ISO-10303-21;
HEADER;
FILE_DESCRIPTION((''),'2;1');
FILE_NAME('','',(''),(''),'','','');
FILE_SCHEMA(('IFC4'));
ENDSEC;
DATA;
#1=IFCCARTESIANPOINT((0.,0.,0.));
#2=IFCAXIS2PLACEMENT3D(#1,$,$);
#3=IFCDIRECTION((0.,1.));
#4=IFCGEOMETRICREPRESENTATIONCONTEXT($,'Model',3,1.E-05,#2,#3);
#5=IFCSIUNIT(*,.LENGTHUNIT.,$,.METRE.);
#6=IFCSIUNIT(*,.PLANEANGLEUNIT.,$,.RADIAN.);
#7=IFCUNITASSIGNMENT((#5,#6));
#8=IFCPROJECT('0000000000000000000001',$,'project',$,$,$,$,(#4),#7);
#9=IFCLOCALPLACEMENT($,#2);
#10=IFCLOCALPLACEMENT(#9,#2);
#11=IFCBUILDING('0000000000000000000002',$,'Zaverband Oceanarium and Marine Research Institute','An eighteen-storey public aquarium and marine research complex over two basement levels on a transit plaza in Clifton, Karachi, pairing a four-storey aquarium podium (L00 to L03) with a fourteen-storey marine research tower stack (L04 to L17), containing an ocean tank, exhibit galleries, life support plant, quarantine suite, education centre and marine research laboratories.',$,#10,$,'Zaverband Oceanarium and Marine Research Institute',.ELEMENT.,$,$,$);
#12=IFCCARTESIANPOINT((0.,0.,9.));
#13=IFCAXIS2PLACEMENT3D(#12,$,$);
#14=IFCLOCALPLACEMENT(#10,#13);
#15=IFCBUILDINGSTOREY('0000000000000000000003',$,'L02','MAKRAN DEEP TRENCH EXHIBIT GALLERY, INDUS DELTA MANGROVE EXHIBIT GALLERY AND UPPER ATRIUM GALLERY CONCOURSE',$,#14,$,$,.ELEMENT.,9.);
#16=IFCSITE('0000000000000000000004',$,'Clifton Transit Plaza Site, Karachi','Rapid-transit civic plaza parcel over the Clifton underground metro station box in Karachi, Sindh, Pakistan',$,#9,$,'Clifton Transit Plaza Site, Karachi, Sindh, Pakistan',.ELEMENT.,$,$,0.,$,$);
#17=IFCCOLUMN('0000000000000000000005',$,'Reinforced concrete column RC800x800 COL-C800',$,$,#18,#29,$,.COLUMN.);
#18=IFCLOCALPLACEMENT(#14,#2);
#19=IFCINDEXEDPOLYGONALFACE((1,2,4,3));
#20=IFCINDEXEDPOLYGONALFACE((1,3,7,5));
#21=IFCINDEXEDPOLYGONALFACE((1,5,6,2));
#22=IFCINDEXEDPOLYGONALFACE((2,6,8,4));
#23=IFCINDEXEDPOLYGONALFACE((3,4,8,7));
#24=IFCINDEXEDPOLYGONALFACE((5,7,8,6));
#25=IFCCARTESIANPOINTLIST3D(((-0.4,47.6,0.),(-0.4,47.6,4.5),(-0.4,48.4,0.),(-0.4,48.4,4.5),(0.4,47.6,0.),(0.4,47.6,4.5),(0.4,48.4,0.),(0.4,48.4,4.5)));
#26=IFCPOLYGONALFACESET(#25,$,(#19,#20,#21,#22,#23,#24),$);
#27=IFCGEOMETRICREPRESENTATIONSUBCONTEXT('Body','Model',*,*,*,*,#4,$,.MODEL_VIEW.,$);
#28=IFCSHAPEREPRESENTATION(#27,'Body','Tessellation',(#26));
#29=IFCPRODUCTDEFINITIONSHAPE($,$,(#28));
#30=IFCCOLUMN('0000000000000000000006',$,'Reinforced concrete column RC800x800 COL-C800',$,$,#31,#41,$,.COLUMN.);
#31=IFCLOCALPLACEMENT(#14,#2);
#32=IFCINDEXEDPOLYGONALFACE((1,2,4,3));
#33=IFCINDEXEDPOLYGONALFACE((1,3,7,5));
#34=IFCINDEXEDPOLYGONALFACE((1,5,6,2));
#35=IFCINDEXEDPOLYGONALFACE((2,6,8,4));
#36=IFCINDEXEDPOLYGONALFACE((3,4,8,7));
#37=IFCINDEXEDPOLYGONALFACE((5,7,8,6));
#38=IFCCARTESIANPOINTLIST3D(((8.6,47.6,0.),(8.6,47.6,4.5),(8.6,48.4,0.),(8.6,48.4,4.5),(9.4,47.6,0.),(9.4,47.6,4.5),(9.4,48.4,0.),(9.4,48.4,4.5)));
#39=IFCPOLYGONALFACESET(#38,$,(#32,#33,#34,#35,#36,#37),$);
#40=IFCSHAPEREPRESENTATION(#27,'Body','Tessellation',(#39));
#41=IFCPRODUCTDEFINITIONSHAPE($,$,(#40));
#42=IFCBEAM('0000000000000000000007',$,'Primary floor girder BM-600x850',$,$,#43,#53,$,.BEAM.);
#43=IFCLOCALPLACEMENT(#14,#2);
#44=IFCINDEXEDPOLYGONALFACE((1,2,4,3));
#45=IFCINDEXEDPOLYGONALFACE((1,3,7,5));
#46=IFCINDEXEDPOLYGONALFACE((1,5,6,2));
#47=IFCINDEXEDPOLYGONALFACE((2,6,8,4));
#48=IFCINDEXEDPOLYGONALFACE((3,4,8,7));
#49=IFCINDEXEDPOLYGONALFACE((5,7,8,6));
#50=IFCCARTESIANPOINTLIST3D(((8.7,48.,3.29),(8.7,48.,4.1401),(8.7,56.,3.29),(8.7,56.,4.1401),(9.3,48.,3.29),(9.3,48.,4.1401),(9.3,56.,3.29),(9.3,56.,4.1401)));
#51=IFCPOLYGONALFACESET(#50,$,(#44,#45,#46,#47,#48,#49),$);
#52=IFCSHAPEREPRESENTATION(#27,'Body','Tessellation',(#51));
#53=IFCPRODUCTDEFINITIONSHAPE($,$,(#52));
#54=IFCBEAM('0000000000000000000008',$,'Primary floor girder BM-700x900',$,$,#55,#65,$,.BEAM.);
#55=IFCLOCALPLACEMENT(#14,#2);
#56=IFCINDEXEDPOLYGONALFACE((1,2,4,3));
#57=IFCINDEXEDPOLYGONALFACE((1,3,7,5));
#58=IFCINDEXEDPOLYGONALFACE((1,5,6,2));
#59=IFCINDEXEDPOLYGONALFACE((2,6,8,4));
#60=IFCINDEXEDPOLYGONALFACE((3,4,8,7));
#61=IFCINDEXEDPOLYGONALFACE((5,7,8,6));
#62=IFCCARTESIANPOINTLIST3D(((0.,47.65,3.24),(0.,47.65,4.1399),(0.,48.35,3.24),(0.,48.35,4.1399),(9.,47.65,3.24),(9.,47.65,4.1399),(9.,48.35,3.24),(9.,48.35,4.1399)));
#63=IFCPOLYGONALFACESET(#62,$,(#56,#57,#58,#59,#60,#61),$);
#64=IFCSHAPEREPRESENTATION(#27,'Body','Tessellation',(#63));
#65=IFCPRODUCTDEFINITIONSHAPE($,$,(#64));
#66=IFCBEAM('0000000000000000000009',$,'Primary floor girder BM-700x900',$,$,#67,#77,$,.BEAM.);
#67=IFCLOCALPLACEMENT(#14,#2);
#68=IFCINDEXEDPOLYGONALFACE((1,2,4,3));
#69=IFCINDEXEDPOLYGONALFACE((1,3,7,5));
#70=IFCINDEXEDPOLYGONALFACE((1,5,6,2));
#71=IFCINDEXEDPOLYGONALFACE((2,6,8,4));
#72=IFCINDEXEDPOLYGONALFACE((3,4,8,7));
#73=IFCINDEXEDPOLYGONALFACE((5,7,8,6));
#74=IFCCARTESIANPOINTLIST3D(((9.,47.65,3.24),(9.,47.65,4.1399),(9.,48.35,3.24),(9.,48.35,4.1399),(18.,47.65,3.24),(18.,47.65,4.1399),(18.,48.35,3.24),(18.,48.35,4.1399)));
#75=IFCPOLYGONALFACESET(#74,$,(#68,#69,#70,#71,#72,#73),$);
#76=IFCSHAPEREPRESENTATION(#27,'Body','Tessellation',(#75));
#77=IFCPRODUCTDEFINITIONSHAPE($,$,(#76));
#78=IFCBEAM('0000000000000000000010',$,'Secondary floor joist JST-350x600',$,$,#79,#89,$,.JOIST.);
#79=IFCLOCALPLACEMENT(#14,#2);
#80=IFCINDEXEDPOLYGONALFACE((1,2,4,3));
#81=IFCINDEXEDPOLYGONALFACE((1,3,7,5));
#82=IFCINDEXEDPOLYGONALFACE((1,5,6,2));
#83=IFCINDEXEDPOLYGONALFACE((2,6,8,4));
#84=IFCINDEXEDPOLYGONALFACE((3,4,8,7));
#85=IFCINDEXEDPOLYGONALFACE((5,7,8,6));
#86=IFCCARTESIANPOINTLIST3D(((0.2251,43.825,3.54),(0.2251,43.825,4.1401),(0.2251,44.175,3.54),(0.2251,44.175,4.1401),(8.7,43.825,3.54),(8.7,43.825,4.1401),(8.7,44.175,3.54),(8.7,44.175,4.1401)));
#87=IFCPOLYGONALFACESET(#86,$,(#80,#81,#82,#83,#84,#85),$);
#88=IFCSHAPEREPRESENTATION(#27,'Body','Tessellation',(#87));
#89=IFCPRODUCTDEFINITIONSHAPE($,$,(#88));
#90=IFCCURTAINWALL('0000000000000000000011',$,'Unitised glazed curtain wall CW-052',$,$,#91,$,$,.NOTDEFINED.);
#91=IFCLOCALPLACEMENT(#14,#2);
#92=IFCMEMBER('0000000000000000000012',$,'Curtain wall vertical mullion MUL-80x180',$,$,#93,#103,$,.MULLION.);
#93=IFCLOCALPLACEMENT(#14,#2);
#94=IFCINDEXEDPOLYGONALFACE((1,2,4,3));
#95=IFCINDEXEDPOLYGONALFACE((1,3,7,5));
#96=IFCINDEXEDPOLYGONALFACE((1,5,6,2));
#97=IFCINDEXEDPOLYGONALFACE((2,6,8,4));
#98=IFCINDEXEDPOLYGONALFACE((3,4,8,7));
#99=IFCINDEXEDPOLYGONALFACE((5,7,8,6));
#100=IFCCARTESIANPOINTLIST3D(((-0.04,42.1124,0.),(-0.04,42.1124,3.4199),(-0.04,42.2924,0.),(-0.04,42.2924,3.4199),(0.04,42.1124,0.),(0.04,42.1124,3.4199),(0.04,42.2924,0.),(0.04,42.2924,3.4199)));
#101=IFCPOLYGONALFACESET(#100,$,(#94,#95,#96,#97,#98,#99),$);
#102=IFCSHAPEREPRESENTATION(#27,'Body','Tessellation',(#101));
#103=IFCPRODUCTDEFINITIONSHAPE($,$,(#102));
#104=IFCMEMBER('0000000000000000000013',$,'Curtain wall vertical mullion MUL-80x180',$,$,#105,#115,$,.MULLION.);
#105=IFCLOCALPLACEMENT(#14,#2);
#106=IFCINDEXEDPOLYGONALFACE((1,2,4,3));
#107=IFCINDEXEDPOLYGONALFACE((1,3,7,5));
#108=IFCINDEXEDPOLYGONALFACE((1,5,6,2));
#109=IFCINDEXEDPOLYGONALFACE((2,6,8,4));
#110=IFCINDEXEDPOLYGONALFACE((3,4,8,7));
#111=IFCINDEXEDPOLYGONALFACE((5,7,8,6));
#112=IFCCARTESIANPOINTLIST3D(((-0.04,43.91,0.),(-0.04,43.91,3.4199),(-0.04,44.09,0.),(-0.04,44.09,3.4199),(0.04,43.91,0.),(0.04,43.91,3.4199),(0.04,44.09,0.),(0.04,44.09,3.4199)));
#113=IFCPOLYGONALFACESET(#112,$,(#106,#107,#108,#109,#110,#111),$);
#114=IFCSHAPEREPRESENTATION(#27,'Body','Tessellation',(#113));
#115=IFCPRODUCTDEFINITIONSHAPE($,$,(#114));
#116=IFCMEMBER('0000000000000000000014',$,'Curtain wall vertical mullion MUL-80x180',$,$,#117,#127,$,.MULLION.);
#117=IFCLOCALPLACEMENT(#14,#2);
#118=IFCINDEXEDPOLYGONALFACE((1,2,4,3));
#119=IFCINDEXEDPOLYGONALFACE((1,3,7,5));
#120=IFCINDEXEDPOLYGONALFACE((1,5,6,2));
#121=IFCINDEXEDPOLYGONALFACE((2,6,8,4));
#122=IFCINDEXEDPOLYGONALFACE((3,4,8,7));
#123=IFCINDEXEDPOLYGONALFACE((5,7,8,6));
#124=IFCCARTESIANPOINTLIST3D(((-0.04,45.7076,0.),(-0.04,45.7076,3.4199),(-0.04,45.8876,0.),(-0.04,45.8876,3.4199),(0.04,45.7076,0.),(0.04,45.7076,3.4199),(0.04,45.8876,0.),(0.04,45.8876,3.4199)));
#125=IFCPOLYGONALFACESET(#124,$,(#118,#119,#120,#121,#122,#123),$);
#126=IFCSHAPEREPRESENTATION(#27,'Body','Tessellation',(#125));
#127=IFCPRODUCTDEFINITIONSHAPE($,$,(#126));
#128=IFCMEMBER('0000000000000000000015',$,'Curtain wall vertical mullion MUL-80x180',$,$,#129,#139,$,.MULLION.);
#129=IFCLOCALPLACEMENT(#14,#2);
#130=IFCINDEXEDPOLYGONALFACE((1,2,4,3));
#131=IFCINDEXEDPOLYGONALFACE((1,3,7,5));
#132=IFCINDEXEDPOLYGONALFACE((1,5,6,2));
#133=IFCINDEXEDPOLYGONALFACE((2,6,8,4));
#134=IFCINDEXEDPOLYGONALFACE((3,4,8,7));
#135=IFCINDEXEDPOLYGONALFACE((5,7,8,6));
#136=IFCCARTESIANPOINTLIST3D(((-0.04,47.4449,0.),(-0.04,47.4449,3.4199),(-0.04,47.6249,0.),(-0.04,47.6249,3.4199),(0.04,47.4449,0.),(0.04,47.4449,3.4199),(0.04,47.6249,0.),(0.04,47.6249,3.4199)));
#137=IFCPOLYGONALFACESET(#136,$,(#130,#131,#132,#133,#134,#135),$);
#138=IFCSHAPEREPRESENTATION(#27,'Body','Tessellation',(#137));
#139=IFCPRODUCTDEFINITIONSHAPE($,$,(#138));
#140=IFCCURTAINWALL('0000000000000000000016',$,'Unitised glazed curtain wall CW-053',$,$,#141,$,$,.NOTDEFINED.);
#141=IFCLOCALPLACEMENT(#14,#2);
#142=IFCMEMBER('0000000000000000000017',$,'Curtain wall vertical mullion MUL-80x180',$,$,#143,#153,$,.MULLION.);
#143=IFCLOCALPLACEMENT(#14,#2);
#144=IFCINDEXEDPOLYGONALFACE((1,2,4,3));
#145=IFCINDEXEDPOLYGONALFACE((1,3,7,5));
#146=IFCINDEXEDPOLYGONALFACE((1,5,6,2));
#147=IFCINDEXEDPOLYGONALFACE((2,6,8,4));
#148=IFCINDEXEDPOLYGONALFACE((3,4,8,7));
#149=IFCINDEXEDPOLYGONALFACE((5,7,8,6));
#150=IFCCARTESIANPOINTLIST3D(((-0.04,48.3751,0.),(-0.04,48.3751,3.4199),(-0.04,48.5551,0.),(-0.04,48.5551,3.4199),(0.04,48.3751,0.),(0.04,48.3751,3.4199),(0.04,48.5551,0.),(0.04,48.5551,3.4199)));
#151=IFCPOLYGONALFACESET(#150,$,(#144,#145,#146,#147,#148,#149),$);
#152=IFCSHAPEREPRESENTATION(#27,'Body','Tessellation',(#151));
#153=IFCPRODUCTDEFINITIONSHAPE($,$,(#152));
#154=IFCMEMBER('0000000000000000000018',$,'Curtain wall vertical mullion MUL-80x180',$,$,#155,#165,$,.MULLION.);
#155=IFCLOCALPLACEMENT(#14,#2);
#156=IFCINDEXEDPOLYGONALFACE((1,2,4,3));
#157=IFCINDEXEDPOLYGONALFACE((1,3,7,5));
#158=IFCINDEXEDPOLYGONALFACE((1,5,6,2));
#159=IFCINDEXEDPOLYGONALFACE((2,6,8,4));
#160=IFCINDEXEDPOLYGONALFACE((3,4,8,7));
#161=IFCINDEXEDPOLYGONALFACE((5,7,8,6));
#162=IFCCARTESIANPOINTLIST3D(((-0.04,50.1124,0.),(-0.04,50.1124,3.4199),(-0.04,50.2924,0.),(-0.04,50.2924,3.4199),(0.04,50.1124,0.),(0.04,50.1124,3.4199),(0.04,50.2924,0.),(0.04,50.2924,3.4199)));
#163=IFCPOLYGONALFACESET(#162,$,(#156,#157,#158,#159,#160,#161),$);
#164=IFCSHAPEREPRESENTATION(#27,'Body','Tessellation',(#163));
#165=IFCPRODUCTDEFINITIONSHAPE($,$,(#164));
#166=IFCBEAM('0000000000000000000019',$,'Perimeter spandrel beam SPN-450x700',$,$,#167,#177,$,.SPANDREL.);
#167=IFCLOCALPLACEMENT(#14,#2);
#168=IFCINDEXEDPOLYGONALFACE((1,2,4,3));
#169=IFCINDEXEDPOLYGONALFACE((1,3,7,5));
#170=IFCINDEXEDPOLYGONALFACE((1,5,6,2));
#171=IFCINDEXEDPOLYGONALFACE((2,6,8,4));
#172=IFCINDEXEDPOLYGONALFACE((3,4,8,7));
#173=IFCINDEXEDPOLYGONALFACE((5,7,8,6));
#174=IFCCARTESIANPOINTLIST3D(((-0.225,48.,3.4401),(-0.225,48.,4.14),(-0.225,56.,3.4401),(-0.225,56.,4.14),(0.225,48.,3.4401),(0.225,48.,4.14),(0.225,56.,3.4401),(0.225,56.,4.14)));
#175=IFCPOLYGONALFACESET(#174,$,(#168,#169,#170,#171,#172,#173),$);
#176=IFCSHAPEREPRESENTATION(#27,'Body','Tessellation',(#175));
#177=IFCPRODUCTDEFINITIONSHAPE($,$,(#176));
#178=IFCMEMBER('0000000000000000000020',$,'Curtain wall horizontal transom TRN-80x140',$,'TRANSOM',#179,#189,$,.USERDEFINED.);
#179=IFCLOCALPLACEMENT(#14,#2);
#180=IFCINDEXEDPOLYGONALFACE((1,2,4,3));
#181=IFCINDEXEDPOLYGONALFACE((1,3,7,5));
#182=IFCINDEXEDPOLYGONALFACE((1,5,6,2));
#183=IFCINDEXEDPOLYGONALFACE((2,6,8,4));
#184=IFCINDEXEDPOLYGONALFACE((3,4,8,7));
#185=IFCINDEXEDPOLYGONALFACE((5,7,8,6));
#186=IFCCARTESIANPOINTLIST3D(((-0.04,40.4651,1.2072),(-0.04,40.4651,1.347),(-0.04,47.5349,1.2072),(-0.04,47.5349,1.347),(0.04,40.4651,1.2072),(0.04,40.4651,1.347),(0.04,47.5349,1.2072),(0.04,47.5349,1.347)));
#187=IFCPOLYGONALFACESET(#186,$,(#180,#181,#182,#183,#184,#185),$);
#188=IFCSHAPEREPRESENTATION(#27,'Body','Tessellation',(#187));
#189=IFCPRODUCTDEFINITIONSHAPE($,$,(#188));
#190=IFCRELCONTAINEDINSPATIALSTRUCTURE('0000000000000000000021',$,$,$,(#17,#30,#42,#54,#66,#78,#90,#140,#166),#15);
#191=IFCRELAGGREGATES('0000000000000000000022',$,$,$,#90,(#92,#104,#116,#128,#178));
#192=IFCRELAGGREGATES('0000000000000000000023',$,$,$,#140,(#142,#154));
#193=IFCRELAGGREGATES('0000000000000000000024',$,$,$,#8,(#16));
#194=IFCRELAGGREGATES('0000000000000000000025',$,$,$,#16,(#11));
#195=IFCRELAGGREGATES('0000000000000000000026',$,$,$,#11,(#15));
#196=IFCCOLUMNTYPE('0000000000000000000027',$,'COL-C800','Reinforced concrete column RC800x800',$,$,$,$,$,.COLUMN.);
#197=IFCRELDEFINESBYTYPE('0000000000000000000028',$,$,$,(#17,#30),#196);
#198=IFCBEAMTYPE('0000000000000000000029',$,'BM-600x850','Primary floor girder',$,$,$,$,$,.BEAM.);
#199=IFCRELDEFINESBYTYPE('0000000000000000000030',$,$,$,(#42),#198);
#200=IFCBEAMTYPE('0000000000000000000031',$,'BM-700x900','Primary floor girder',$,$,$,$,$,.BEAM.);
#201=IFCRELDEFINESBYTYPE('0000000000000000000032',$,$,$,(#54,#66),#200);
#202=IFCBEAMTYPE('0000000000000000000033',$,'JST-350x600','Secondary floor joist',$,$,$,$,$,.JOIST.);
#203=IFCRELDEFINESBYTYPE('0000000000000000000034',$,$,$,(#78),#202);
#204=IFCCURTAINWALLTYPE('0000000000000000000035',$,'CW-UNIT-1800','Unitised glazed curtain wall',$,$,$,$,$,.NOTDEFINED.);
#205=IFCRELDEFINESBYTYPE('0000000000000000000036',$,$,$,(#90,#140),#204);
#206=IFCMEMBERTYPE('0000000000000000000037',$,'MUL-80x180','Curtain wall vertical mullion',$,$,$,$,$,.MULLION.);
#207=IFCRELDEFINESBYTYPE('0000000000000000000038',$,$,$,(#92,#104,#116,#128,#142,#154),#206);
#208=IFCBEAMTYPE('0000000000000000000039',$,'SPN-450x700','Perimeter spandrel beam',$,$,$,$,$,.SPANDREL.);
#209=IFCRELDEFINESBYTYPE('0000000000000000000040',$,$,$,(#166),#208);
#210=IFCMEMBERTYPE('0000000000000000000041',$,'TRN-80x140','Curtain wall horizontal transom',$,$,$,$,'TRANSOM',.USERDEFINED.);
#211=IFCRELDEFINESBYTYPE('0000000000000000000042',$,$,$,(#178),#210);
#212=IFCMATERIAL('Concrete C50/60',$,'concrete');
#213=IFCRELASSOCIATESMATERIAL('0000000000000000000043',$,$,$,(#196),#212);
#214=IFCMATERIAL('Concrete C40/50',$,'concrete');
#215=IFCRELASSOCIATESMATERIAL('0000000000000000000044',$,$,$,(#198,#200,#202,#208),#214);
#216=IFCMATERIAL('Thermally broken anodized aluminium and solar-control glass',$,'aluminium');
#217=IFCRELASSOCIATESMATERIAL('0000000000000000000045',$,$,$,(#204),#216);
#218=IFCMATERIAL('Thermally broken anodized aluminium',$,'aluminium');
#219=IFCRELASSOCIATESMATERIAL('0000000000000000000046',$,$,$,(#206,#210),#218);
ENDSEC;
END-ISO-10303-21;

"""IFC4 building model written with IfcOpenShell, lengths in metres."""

from ifc_helpers import new_model, si_unit, direction, frame, origin, origin_2d, place, context, subcontext, project, spatial, rectangle, extrude, material, material_profile, profile_set, type_object, element, aggregate, save


model = new_model("IFC4")

# Units and contexts
model_context = context("Model", 3, precision=1e-05, world=origin(), true_north=direction((0.0, 1.0)))
body_context = subcontext(model_context, "Body", "Model", "MODEL_VIEW")
ifc_project = project(units=[si_unit("LENGTHUNIT", "METRE"), si_unit("PLANEANGLEUNIT", "RADIAN")], contexts=[model_context])

# Site, building, storey
site_placement = place(None, origin())
site = spatial("IfcSite", under=ifc_project, at=site_placement, Name="Clifton Transit Plaza Site, Karachi", Description="Rapid-transit civic plaza parcel over the Clifton underground metro station box in Karachi, Sindh, Pakistan", LongName="Clifton Transit Plaza Site, Karachi, Sindh, Pakistan", CompositionType="ELEMENT", RefElevation=0.0)
building_placement = place(site_placement, origin())
building = spatial("IfcBuilding", under=site, at=building_placement, Name="Zaverband Oceanarium and Marine Research Institute", Description="An eighteen-storey public aquarium and marine research complex over two basement levels on a transit plaza in Clifton, Karachi, pairing a four-storey aquarium podium (L00 to L03) with a fourteen-storey marine research tower stack (L04 to L17), containing an ocean tank, exhibit galleries, life support plant, quarantine suite, education centre and marine research laboratories.", LongName="Zaverband Oceanarium and Marine Research Institute", CompositionType="ELEMENT")
storey_placement = place(building_placement, frame((0.0, 0.0, 9.0)))
storey = spatial("IfcBuildingStorey", under=building, at=storey_placement, Name="L02", Description="MAKRAN DEEP TRENCH EXHIBIT GALLERY, INDUS DELTA MANGROVE EXHIBIT GALLERY AND UPPER ATRIUM GALLERY CONCOURSE", CompositionType="ELEMENT", Elevation=9.0)

# Columns
ifc_material_1 = material(Name="Concrete C50/60", Category="concrete")
ifc_material_profile_1 = material_profile(ifc_material_1, rectangle(XDim=0.8, YDim=0.8, at=origin_2d()), Name="RC800x800")
ifc_profile_set_1 = profile_set([ifc_material_profile_1], Name="Concrete C50/60")
column_type = type_object("IfcColumnType", Name="COL-C800", Description="Reinforced concrete column RC800x800", PredefinedType="COLUMN", material=ifc_profile_set_1)
for number, where, z_axis, x_axis, name in (
    (1, (0.0, 48.0, 0.0), (0.0, 0.0, 1.0), (1.0, 0.0, 0.0), "Reinforced concrete column RC800x800 COL-C800"),
    (2, (9.0, 48.0, 0.0), (0.0, 0.0, 1.0), (1.0, 0.0, 0.0), "Reinforced concrete column RC800x800 COL-C800"),
):
    element("IfcColumn", number, at=place(storey_placement, frame(where, z_axis=z_axis, x_axis=x_axis)), inside=storey, type_object=column_type, Name=name, PredefinedType="COLUMN", context=body_context, shape_type="SweptSolid", body=[
        extrude(rectangle(XDim=0.8, YDim=0.8, at=origin_2d()), origin(), (0.0, 0.0, 1.0), 4.5),
    ])

# Beams
ifc_material_2 = material(Name="Concrete C40/50", Category="concrete")
ifc_material_profile_2 = material_profile(ifc_material_2, rectangle(XDim=0.6001, YDim=0.8501, at=origin_2d()), Name="RC600x850")
ifc_profile_set_2 = profile_set([ifc_material_profile_2], Name="Concrete C40/50")
beam_type_1 = type_object("IfcBeamType", Name="BM-600x850", Description="Primary floor girder", PredefinedType="BEAM", material=ifc_profile_set_2)
beam_1_placement = place(storey_placement, frame((9.0, 48.0, 3.7151), z_axis=(0.0, 1.0, 0.0), x_axis=(-1.0, 0.0, 0.0)))
element("IfcBeam", 3, at=beam_1_placement, inside=storey, type_object=beam_type_1, Name="Primary floor girder BM-600x850", PredefinedType="BEAM", context=body_context, shape_type="SweptSolid", body=[
    extrude(rectangle(XDim=0.6001, YDim=0.8501, at=origin_2d()), origin(), (0.0, 0.0, 1.0), 8.0),
])
ifc_material_profile_3 = material_profile(ifc_material_2, rectangle(XDim=0.7, YDim=0.8999, at=origin_2d()), Name="RC700x900")
ifc_profile_set_3 = profile_set([ifc_material_profile_3], Name="Concrete C40/50")
beam_type_2 = type_object("IfcBeamType", Name="BM-700x900", Description="Primary floor girder", PredefinedType="BEAM", material=ifc_profile_set_3)
for number, where, z_axis, x_axis, name in (
    (4, (0.0, 48.0, 3.6899), (1.0, 0.0, 0.0), (0.0, 1.0, 0.0), "Primary floor girder BM-700x900"),
    (5, (9.0, 48.0, 3.6899), (1.0, 0.0, 0.0), (0.0, 1.0, 0.0), "Primary floor girder BM-700x900"),
):
    element("IfcBeam", number, at=place(storey_placement, frame(where, z_axis=z_axis, x_axis=x_axis)), inside=storey, type_object=beam_type_2, Name=name, PredefinedType="BEAM", context=body_context, shape_type="SweptSolid", body=[
        extrude(rectangle(XDim=0.7, YDim=0.8999, at=origin_2d()), origin(), (0.0, 0.0, 1.0), 9.0),
    ])
ifc_material_profile_4 = material_profile(ifc_material_2, rectangle(XDim=0.3501, YDim=0.6001, at=origin_2d()), Name="RC350x600")
ifc_profile_set_4 = profile_set([ifc_material_profile_4], Name="Concrete C40/50")
beam_type_3 = type_object("IfcBeamType", Name="JST-350x600", Description="Secondary floor joist", PredefinedType="JOIST", material=ifc_profile_set_4)
beam_2_placement = place(storey_placement, frame((0.2251, 44.0, 3.8401), z_axis=(1.0, 0.0, 0.0), x_axis=(0.0, 1.0, 0.0)))
element("IfcBeam", 6, at=beam_2_placement, inside=storey, type_object=beam_type_3, Name="Secondary floor joist JST-350x600", PredefinedType="JOIST", context=body_context, shape_type="SweptSolid", body=[
    extrude(rectangle(XDim=0.3501, YDim=0.6001, at=origin_2d()), origin(), (0.0, 0.0, 1.0), 8.4749),
])

# Curtain walls, members
ifc_material_3 = material(Name="Thermally broken anodized aluminium and solar-control glass", Category="aluminium")
curtain_wall_type = type_object("IfcCurtainWallType", Name="CW-UNIT-1800", Description="Unitised glazed curtain wall", PredefinedType="NOTDEFINED", material=ifc_material_3)
curtain_wall_1_placement = place(storey_placement, origin())
curtain_wall_1 = element("IfcCurtainWall", 7, at=curtain_wall_1_placement, inside=storey, type_object=curtain_wall_type, Name="Unitised glazed curtain wall CW-052", PredefinedType="NOTDEFINED")
ifc_material_4 = material(Name="Thermally broken anodized aluminium", Category="aluminium")
ifc_material_profile_5 = material_profile(ifc_material_4, rectangle(XDim=0.0801, YDim=0.1799, at=origin_2d()), Name="AL-MUL-80x180")
ifc_profile_set_5 = profile_set([ifc_material_profile_5], Name="Thermally broken anodized aluminium")
member_type_1 = type_object("IfcMemberType", Name="MUL-80x180", Description="Curtain wall vertical mullion", PredefinedType="MULLION", material=ifc_profile_set_5)
member_1_placement = place(storey_placement, frame((0.0, 42.2024, 0.0), z_axis=(0.0, 0.0, 1.0), x_axis=(1.0, 0.0, 0.0)))
member_1 = element("IfcMember", 8, at=member_1_placement, type_object=member_type_1, Name="Curtain wall vertical mullion MUL-80x180", PredefinedType="MULLION", context=body_context, shape_type="SweptSolid", body=[
    extrude(rectangle(XDim=0.0801, YDim=0.1799, at=origin_2d()), origin(), (0.0, 0.0, 1.0), 3.4199),
])
member_2_placement = place(storey_placement, frame((0.0, 44.0, 0.0), z_axis=(0.0, 0.0, 1.0), x_axis=(1.0, 0.0, 0.0)))
member_2 = element("IfcMember", 9, at=member_2_placement, type_object=member_type_1, Name="Curtain wall vertical mullion MUL-80x180", PredefinedType="MULLION", context=body_context, shape_type="SweptSolid", body=[
    extrude(rectangle(XDim=0.0801, YDim=0.1799, at=origin_2d()), origin(), (0.0, 0.0, 1.0), 3.4199),
])
member_3_placement = place(storey_placement, frame((0.0, 45.7976, 0.0), z_axis=(0.0, 0.0, 1.0), x_axis=(1.0, 0.0, 0.0)))
member_3 = element("IfcMember", 10, at=member_3_placement, type_object=member_type_1, Name="Curtain wall vertical mullion MUL-80x180", PredefinedType="MULLION", context=body_context, shape_type="SweptSolid", body=[
    extrude(rectangle(XDim=0.0801, YDim=0.1799, at=origin_2d()), origin(), (0.0, 0.0, 1.0), 3.4199),
])
member_4_placement = place(storey_placement, frame((0.0, 47.5349, 0.0), z_axis=(0.0, 0.0, 1.0), x_axis=(1.0, 0.0, 0.0)))
member_4 = element("IfcMember", 11, at=member_4_placement, type_object=member_type_1, Name="Curtain wall vertical mullion MUL-80x180", PredefinedType="MULLION", context=body_context, shape_type="SweptSolid", body=[
    extrude(rectangle(XDim=0.0801, YDim=0.1799, at=origin_2d()), origin(), (0.0, 0.0, 1.0), 3.4199),
])
curtain_wall_2_placement = place(storey_placement, origin())
curtain_wall_2 = element("IfcCurtainWall", 12, at=curtain_wall_2_placement, inside=storey, type_object=curtain_wall_type, Name="Unitised glazed curtain wall CW-053", PredefinedType="NOTDEFINED")
member_5_placement = place(storey_placement, frame((0.0, 48.4651, 0.0), z_axis=(0.0, 0.0, 1.0), x_axis=(1.0, 0.0, 0.0)))
member_5 = element("IfcMember", 13, at=member_5_placement, type_object=member_type_1, Name="Curtain wall vertical mullion MUL-80x180", PredefinedType="MULLION", context=body_context, shape_type="SweptSolid", body=[
    extrude(rectangle(XDim=0.0801, YDim=0.1799, at=origin_2d()), origin(), (0.0, 0.0, 1.0), 3.4199),
])
member_6_placement = place(storey_placement, frame((0.0, 50.2024, 0.0), z_axis=(0.0, 0.0, 1.0), x_axis=(1.0, 0.0, 0.0)))
member_6 = element("IfcMember", 14, at=member_6_placement, type_object=member_type_1, Name="Curtain wall vertical mullion MUL-80x180", PredefinedType="MULLION", context=body_context, shape_type="SweptSolid", body=[
    extrude(rectangle(XDim=0.0801, YDim=0.1799, at=origin_2d()), origin(), (0.0, 0.0, 1.0), 3.4199),
])

# Beam
ifc_material_profile_6 = material_profile(ifc_material_2, rectangle(XDim=0.45, YDim=0.7, at=origin_2d()), Name="RC450x700")
ifc_profile_set_6 = profile_set([ifc_material_profile_6], Name="Concrete C40/50")
beam_type_4 = type_object("IfcBeamType", Name="SPN-450x700", Description="Perimeter spandrel beam", PredefinedType="SPANDREL", material=ifc_profile_set_6)
beam_3_placement = place(storey_placement, frame((0.0, 48.0, 3.79), z_axis=(0.0, 1.0, 0.0), x_axis=(-1.0, 0.0, 0.0)))
element("IfcBeam", 15, at=beam_3_placement, inside=storey, type_object=beam_type_4, Name="Perimeter spandrel beam SPN-450x700", PredefinedType="SPANDREL", context=body_context, shape_type="SweptSolid", body=[
    extrude(rectangle(XDim=0.45, YDim=0.7, at=origin_2d()), origin(), (0.0, 0.0, 1.0), 8.0),
])

# Member
ifc_material_profile_7 = material_profile(ifc_material_4, rectangle(XDim=0.0801, YDim=0.1399, at=origin_2d()), Name="AL-TRN-80x140")
ifc_profile_set_7 = profile_set([ifc_material_profile_7], Name="Thermally broken anodized aluminium")
member_type_2 = type_object("IfcMemberType", Name="TRN-80x140", Description="Curtain wall horizontal transom", ElementType="TRANSOM", PredefinedType="USERDEFINED", material=ifc_profile_set_7)
member_7_placement = place(storey_placement, frame((0.0, 40.4651, 1.2771), z_axis=(0.0, 1.0, 0.0), x_axis=(-1.0, 0.0, 0.0)))
member_7 = element("IfcMember", 16, at=member_7_placement, type_object=member_type_2, Name="Curtain wall horizontal transom TRN-80x140", ObjectType="TRANSOM", PredefinedType="USERDEFINED", context=body_context, shape_type="SweptSolid", body=[
    extrude(rectangle(XDim=0.0801, YDim=0.1399, at=origin_2d()), origin(), (0.0, 0.0, 1.0), 7.0698),
])

aggregate(curtain_wall_1, [member_1, member_2, member_3, member_4, member_7])
aggregate(curtain_wall_2, [member_5, member_6])

save(model, "model.ifc")
